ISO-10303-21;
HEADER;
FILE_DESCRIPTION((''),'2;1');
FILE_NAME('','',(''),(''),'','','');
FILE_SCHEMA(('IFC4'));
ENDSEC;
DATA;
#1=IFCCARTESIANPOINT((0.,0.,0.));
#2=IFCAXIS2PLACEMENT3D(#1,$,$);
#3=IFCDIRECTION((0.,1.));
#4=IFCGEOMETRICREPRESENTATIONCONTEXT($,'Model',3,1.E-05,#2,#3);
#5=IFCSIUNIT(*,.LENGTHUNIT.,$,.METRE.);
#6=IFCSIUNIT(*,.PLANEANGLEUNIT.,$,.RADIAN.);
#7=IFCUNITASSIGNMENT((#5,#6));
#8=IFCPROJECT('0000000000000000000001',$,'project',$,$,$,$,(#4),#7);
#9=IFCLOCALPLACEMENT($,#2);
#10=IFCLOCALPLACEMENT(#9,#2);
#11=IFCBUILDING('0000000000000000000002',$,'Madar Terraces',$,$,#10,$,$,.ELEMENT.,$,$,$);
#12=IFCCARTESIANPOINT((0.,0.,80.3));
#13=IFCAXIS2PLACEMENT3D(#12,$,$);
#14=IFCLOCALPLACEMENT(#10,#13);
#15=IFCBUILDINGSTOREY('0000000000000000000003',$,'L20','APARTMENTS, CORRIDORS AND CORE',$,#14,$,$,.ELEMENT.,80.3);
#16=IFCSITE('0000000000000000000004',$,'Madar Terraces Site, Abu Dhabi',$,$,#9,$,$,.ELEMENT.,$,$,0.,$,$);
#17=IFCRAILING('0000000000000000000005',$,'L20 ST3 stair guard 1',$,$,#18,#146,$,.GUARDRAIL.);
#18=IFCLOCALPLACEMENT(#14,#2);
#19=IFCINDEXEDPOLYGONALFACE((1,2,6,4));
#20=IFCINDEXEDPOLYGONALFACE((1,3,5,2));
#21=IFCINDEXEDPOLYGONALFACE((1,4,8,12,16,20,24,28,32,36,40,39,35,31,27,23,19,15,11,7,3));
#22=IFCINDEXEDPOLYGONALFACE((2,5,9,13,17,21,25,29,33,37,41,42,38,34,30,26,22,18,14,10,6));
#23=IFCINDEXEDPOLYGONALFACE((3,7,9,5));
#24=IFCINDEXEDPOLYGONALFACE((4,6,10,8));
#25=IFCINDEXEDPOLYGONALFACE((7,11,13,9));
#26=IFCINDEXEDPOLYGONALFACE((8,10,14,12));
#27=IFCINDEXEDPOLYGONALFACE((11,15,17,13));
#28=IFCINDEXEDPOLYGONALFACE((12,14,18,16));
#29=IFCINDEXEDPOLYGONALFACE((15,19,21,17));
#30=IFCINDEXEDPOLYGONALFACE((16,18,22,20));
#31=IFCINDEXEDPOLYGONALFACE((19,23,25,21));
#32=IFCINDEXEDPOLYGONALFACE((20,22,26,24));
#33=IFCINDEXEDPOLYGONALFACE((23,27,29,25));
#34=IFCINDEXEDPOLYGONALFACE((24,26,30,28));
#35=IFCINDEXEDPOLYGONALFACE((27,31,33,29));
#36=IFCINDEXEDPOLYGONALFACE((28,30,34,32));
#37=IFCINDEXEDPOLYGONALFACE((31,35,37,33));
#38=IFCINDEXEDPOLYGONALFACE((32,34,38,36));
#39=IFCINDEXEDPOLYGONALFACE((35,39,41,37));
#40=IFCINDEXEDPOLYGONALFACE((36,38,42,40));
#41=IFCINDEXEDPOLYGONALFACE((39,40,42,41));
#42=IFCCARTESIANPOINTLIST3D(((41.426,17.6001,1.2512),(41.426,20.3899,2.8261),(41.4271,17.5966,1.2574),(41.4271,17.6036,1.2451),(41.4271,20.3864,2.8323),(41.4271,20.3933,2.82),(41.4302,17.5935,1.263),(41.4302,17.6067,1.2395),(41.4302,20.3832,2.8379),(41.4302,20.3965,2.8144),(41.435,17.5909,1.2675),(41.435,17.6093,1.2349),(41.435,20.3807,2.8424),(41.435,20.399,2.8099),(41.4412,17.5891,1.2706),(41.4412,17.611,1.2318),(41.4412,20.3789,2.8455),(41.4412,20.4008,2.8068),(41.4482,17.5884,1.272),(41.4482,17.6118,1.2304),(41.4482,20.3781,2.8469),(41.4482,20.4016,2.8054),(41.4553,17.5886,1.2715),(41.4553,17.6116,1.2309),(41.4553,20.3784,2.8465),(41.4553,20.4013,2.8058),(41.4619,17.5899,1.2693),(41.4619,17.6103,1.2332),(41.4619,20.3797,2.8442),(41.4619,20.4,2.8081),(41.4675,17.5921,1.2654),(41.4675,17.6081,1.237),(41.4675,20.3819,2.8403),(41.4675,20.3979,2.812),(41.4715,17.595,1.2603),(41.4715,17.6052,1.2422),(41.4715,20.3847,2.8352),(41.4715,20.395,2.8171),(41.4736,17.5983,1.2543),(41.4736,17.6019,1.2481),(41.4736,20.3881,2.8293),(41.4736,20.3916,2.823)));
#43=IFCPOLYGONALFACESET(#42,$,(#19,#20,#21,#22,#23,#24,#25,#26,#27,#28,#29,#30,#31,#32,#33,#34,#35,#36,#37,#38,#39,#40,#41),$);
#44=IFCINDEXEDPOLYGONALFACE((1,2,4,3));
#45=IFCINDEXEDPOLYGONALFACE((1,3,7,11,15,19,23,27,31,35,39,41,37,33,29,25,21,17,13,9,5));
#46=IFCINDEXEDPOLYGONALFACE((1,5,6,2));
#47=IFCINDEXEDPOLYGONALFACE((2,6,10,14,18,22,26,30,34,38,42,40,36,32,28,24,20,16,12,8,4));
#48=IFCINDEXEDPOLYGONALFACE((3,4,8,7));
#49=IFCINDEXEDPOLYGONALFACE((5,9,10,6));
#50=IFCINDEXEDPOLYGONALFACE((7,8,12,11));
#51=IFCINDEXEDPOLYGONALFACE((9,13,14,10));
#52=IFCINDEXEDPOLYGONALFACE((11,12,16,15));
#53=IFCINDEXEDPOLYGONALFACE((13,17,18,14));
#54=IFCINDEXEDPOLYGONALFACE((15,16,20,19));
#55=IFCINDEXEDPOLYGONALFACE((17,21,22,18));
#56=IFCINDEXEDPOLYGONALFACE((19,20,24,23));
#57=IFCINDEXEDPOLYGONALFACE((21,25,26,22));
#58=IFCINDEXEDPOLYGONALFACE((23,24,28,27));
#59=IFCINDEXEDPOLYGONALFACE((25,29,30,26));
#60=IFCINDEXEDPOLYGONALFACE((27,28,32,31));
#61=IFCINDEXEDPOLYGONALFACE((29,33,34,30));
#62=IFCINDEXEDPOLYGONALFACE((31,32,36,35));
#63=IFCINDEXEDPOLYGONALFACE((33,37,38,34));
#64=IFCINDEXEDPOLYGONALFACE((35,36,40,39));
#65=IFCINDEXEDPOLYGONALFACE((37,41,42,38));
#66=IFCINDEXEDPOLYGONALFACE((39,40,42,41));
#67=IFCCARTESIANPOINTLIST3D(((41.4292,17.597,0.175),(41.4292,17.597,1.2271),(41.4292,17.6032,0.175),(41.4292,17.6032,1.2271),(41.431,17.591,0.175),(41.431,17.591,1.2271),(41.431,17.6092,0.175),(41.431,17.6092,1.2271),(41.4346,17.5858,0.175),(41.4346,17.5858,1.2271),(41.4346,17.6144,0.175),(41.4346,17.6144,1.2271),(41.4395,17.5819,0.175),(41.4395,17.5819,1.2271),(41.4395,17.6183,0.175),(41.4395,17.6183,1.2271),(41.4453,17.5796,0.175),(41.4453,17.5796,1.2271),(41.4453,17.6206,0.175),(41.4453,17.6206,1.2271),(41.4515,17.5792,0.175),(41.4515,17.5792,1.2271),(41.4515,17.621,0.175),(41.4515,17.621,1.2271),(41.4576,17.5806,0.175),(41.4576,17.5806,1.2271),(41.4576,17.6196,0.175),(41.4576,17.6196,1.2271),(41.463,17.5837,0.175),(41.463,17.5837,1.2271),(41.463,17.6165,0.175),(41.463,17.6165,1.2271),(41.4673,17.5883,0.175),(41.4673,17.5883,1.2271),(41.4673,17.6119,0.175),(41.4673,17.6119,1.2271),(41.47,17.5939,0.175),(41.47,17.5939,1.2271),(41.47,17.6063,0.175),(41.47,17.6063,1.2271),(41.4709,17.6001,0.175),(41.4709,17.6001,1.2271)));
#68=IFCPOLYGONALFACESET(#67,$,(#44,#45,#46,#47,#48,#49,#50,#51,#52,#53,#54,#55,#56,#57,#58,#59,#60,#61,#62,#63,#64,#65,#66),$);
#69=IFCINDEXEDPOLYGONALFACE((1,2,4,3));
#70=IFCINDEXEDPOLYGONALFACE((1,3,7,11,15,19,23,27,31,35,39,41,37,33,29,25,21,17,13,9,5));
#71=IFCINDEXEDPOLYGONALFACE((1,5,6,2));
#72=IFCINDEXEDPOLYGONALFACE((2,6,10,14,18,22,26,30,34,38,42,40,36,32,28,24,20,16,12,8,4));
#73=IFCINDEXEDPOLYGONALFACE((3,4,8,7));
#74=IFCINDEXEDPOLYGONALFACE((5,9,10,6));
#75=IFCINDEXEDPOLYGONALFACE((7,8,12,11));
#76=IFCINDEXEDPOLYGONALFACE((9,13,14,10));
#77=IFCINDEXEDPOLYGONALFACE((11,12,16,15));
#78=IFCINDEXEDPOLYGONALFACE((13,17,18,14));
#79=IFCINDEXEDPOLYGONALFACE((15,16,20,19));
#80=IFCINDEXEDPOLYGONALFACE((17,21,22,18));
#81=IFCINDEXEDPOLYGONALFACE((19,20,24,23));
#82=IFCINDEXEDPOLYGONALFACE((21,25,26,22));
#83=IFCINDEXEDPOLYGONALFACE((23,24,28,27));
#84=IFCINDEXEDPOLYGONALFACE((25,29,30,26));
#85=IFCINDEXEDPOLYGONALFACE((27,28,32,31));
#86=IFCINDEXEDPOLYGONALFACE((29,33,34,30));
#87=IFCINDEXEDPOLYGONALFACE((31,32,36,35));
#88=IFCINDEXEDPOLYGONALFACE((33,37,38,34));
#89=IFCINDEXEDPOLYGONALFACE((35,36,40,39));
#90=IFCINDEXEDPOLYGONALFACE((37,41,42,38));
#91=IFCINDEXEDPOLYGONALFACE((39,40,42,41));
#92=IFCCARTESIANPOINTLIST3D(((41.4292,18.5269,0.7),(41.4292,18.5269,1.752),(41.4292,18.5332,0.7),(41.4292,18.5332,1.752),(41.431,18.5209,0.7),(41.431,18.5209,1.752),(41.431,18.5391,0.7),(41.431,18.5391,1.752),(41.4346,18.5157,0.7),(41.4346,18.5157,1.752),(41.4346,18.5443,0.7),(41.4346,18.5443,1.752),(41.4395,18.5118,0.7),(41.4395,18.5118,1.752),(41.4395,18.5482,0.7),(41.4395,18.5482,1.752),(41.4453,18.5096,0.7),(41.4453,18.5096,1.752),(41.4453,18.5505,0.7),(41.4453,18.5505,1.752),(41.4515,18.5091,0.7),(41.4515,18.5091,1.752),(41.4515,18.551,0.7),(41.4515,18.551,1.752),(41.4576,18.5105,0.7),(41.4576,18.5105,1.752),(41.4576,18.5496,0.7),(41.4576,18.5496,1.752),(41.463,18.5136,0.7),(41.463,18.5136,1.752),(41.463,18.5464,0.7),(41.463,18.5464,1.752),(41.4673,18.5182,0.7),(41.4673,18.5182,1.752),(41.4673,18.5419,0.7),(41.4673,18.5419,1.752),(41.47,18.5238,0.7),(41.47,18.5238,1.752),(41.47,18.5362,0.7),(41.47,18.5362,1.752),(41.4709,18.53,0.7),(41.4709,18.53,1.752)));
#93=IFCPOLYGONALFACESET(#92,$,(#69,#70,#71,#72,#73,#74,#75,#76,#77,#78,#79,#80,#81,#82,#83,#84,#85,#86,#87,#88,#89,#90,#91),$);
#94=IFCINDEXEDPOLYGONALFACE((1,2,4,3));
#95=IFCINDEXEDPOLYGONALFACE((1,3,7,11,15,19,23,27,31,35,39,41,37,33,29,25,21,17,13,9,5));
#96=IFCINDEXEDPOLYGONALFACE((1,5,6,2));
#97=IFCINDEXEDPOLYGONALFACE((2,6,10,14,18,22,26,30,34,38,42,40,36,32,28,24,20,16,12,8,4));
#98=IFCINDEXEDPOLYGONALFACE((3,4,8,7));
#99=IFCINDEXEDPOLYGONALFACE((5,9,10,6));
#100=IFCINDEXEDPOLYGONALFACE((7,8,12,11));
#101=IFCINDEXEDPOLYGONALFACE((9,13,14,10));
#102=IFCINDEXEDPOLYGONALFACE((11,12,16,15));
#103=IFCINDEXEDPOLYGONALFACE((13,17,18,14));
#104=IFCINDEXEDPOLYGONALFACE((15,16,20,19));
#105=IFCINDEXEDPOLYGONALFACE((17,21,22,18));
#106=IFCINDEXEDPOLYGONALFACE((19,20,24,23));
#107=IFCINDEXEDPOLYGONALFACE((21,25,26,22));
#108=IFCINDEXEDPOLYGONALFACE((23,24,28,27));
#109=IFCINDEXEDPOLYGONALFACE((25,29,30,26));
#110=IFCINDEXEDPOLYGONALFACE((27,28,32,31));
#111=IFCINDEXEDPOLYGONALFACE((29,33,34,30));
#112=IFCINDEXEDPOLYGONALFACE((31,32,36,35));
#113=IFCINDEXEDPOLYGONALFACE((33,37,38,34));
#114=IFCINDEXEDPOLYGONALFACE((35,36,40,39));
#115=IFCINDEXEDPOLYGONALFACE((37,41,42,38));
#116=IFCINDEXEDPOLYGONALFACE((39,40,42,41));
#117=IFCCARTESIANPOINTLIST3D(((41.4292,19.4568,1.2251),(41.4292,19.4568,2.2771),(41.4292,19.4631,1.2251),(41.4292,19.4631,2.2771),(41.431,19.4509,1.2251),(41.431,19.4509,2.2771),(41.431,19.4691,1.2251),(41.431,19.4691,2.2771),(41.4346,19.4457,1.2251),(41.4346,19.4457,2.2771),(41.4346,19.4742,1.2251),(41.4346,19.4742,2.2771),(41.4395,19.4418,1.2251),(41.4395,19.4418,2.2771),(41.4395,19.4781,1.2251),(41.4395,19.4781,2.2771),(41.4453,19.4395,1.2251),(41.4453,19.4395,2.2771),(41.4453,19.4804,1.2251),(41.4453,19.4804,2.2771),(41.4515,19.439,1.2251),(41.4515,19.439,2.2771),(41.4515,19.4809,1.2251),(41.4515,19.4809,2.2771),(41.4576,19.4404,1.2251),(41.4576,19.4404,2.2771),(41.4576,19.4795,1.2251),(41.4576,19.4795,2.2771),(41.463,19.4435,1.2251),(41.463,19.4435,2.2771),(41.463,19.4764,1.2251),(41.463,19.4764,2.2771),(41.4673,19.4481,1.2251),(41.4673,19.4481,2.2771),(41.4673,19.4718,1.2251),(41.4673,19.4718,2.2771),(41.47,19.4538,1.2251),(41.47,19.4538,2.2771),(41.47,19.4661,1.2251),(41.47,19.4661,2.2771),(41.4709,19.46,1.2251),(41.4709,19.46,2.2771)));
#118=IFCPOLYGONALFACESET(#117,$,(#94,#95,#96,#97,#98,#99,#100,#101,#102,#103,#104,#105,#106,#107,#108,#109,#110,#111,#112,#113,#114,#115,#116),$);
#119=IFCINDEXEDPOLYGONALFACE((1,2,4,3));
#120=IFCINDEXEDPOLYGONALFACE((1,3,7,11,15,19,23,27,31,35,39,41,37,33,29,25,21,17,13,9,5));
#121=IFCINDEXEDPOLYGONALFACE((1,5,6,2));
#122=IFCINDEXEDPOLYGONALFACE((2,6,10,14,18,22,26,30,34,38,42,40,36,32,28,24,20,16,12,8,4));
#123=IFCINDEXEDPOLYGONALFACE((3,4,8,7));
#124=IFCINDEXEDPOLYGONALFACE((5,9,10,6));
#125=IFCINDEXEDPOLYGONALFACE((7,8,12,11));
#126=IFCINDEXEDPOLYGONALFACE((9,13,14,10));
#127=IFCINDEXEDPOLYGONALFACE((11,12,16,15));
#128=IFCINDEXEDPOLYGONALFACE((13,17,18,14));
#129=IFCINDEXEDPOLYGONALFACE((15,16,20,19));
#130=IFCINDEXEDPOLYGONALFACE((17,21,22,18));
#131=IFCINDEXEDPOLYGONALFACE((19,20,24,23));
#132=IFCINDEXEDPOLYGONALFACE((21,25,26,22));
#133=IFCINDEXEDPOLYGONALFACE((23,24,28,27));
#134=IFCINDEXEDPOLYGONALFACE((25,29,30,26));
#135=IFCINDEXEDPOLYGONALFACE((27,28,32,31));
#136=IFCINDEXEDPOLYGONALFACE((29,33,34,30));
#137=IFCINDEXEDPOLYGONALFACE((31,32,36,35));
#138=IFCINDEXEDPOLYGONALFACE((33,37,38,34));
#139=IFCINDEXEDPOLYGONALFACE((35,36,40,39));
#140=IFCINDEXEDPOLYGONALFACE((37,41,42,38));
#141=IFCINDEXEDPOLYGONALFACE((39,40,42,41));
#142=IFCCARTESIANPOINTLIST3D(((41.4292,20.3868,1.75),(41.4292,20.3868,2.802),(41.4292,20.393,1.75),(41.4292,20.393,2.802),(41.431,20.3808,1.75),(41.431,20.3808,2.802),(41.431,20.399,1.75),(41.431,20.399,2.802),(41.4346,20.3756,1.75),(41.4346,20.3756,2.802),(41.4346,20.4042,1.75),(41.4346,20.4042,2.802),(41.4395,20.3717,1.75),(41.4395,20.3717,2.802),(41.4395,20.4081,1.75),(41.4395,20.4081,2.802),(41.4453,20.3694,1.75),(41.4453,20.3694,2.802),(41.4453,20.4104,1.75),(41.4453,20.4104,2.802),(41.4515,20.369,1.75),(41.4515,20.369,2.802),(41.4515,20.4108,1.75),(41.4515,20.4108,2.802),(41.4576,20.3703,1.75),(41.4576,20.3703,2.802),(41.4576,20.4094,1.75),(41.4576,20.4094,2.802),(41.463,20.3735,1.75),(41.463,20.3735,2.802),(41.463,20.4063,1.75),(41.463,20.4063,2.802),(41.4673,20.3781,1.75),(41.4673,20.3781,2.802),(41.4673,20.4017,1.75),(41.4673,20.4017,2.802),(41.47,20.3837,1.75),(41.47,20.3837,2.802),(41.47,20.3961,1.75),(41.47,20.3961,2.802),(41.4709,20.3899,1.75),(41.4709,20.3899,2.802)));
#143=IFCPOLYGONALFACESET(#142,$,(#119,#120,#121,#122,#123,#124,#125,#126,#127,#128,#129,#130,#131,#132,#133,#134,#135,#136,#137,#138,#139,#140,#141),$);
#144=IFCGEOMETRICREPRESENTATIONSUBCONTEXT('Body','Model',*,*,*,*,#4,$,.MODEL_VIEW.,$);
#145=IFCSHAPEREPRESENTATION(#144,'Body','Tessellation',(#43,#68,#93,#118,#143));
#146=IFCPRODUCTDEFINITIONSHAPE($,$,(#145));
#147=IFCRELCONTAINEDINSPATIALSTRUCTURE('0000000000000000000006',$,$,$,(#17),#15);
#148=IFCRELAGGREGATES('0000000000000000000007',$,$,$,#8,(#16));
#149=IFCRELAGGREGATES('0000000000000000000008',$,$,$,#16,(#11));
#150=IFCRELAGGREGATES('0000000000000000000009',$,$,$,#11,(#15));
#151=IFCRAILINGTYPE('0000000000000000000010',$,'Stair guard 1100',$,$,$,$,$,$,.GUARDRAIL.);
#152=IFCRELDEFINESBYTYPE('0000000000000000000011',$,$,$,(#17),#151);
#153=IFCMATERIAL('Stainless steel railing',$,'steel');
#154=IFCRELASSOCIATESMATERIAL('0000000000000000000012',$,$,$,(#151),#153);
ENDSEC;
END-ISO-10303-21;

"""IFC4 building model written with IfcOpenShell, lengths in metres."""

from ifc_helpers import new_model, si_unit, direction, frame, origin, origin_2d, place, context, subcontext, project, spatial, circle, extrude, material, type_object, element, save


model = new_model("IFC4")

# Units and contexts
model_context = context("Model", 3, precision=1e-05, world=origin(), true_north=direction((0.0, 1.0)))
body_context = subcontext(model_context, "Body", "Model", "MODEL_VIEW")
ifc_project = project(units=[si_unit("LENGTHUNIT", "METRE"), si_unit("PLANEANGLEUNIT", "RADIAN")], contexts=[model_context])

# Site, building, storey
site_placement = place(None, origin())
site = spatial("IfcSite", under=ifc_project, at=site_placement, Name="Madar Terraces Site, Abu Dhabi", CompositionType="ELEMENT", RefElevation=0.0)
building_placement = place(site_placement, origin())
building = spatial("IfcBuilding", under=site, at=building_placement, Name="Madar Terraces", CompositionType="ELEMENT")
storey_placement = place(building_placement, frame((0.0, 0.0, 80.3)))
storey = spatial("IfcBuildingStorey", under=building, at=storey_placement, Name="L20", Description="APARTMENTS, CORRIDORS AND CORE", CompositionType="ELEMENT", Elevation=80.3)

# Railing
ifc_material_1 = material(Name="Stainless steel railing", Category="steel")
railing_type_1 = type_object("IfcRailingType", Name="Stair guard 1100", PredefinedType="GUARDRAIL", material=ifc_material_1)
railing_1_placement = place(storey_placement, frame((41.45, 17.6001, 0.175)))
element("IfcRailing", 1, at=railing_1_placement, inside=storey, type_object=railing_type_1, Name="L20 ST3 stair guard 1", PredefinedType="GUARDRAIL", context=body_context, shape_type="SweptSolid", body=[
    extrude(circle(Radius=0.0239, at=origin_2d()), frame((0.0, 0.0, 1.0762), z_axis=(0.0, 0.870815, 0.49161), x_axis=(-1.0, 0.0, 0.0)), (0.0, 0.0, 1.0), 3.2036),
    extrude(circle(Radius=0.021, at=origin_2d()), origin(), (0.0, 0.0, 1.0), 1.052),
    extrude(circle(Radius=0.021, at=origin_2d()), frame((0.0, 0.9299, 0.5249)), (0.0, 0.0, 1.0), 1.052),
    extrude(circle(Radius=0.021, at=origin_2d()), frame((0.0, 1.8599, 1.05)), (0.0, 0.0, 1.0), 1.052),
    extrude(circle(Radius=0.021, at=origin_2d()), frame((0.0, 2.7898, 1.575)), (0.0, 0.0, 1.0), 1.052),
])

save(model, "model.ifc")
